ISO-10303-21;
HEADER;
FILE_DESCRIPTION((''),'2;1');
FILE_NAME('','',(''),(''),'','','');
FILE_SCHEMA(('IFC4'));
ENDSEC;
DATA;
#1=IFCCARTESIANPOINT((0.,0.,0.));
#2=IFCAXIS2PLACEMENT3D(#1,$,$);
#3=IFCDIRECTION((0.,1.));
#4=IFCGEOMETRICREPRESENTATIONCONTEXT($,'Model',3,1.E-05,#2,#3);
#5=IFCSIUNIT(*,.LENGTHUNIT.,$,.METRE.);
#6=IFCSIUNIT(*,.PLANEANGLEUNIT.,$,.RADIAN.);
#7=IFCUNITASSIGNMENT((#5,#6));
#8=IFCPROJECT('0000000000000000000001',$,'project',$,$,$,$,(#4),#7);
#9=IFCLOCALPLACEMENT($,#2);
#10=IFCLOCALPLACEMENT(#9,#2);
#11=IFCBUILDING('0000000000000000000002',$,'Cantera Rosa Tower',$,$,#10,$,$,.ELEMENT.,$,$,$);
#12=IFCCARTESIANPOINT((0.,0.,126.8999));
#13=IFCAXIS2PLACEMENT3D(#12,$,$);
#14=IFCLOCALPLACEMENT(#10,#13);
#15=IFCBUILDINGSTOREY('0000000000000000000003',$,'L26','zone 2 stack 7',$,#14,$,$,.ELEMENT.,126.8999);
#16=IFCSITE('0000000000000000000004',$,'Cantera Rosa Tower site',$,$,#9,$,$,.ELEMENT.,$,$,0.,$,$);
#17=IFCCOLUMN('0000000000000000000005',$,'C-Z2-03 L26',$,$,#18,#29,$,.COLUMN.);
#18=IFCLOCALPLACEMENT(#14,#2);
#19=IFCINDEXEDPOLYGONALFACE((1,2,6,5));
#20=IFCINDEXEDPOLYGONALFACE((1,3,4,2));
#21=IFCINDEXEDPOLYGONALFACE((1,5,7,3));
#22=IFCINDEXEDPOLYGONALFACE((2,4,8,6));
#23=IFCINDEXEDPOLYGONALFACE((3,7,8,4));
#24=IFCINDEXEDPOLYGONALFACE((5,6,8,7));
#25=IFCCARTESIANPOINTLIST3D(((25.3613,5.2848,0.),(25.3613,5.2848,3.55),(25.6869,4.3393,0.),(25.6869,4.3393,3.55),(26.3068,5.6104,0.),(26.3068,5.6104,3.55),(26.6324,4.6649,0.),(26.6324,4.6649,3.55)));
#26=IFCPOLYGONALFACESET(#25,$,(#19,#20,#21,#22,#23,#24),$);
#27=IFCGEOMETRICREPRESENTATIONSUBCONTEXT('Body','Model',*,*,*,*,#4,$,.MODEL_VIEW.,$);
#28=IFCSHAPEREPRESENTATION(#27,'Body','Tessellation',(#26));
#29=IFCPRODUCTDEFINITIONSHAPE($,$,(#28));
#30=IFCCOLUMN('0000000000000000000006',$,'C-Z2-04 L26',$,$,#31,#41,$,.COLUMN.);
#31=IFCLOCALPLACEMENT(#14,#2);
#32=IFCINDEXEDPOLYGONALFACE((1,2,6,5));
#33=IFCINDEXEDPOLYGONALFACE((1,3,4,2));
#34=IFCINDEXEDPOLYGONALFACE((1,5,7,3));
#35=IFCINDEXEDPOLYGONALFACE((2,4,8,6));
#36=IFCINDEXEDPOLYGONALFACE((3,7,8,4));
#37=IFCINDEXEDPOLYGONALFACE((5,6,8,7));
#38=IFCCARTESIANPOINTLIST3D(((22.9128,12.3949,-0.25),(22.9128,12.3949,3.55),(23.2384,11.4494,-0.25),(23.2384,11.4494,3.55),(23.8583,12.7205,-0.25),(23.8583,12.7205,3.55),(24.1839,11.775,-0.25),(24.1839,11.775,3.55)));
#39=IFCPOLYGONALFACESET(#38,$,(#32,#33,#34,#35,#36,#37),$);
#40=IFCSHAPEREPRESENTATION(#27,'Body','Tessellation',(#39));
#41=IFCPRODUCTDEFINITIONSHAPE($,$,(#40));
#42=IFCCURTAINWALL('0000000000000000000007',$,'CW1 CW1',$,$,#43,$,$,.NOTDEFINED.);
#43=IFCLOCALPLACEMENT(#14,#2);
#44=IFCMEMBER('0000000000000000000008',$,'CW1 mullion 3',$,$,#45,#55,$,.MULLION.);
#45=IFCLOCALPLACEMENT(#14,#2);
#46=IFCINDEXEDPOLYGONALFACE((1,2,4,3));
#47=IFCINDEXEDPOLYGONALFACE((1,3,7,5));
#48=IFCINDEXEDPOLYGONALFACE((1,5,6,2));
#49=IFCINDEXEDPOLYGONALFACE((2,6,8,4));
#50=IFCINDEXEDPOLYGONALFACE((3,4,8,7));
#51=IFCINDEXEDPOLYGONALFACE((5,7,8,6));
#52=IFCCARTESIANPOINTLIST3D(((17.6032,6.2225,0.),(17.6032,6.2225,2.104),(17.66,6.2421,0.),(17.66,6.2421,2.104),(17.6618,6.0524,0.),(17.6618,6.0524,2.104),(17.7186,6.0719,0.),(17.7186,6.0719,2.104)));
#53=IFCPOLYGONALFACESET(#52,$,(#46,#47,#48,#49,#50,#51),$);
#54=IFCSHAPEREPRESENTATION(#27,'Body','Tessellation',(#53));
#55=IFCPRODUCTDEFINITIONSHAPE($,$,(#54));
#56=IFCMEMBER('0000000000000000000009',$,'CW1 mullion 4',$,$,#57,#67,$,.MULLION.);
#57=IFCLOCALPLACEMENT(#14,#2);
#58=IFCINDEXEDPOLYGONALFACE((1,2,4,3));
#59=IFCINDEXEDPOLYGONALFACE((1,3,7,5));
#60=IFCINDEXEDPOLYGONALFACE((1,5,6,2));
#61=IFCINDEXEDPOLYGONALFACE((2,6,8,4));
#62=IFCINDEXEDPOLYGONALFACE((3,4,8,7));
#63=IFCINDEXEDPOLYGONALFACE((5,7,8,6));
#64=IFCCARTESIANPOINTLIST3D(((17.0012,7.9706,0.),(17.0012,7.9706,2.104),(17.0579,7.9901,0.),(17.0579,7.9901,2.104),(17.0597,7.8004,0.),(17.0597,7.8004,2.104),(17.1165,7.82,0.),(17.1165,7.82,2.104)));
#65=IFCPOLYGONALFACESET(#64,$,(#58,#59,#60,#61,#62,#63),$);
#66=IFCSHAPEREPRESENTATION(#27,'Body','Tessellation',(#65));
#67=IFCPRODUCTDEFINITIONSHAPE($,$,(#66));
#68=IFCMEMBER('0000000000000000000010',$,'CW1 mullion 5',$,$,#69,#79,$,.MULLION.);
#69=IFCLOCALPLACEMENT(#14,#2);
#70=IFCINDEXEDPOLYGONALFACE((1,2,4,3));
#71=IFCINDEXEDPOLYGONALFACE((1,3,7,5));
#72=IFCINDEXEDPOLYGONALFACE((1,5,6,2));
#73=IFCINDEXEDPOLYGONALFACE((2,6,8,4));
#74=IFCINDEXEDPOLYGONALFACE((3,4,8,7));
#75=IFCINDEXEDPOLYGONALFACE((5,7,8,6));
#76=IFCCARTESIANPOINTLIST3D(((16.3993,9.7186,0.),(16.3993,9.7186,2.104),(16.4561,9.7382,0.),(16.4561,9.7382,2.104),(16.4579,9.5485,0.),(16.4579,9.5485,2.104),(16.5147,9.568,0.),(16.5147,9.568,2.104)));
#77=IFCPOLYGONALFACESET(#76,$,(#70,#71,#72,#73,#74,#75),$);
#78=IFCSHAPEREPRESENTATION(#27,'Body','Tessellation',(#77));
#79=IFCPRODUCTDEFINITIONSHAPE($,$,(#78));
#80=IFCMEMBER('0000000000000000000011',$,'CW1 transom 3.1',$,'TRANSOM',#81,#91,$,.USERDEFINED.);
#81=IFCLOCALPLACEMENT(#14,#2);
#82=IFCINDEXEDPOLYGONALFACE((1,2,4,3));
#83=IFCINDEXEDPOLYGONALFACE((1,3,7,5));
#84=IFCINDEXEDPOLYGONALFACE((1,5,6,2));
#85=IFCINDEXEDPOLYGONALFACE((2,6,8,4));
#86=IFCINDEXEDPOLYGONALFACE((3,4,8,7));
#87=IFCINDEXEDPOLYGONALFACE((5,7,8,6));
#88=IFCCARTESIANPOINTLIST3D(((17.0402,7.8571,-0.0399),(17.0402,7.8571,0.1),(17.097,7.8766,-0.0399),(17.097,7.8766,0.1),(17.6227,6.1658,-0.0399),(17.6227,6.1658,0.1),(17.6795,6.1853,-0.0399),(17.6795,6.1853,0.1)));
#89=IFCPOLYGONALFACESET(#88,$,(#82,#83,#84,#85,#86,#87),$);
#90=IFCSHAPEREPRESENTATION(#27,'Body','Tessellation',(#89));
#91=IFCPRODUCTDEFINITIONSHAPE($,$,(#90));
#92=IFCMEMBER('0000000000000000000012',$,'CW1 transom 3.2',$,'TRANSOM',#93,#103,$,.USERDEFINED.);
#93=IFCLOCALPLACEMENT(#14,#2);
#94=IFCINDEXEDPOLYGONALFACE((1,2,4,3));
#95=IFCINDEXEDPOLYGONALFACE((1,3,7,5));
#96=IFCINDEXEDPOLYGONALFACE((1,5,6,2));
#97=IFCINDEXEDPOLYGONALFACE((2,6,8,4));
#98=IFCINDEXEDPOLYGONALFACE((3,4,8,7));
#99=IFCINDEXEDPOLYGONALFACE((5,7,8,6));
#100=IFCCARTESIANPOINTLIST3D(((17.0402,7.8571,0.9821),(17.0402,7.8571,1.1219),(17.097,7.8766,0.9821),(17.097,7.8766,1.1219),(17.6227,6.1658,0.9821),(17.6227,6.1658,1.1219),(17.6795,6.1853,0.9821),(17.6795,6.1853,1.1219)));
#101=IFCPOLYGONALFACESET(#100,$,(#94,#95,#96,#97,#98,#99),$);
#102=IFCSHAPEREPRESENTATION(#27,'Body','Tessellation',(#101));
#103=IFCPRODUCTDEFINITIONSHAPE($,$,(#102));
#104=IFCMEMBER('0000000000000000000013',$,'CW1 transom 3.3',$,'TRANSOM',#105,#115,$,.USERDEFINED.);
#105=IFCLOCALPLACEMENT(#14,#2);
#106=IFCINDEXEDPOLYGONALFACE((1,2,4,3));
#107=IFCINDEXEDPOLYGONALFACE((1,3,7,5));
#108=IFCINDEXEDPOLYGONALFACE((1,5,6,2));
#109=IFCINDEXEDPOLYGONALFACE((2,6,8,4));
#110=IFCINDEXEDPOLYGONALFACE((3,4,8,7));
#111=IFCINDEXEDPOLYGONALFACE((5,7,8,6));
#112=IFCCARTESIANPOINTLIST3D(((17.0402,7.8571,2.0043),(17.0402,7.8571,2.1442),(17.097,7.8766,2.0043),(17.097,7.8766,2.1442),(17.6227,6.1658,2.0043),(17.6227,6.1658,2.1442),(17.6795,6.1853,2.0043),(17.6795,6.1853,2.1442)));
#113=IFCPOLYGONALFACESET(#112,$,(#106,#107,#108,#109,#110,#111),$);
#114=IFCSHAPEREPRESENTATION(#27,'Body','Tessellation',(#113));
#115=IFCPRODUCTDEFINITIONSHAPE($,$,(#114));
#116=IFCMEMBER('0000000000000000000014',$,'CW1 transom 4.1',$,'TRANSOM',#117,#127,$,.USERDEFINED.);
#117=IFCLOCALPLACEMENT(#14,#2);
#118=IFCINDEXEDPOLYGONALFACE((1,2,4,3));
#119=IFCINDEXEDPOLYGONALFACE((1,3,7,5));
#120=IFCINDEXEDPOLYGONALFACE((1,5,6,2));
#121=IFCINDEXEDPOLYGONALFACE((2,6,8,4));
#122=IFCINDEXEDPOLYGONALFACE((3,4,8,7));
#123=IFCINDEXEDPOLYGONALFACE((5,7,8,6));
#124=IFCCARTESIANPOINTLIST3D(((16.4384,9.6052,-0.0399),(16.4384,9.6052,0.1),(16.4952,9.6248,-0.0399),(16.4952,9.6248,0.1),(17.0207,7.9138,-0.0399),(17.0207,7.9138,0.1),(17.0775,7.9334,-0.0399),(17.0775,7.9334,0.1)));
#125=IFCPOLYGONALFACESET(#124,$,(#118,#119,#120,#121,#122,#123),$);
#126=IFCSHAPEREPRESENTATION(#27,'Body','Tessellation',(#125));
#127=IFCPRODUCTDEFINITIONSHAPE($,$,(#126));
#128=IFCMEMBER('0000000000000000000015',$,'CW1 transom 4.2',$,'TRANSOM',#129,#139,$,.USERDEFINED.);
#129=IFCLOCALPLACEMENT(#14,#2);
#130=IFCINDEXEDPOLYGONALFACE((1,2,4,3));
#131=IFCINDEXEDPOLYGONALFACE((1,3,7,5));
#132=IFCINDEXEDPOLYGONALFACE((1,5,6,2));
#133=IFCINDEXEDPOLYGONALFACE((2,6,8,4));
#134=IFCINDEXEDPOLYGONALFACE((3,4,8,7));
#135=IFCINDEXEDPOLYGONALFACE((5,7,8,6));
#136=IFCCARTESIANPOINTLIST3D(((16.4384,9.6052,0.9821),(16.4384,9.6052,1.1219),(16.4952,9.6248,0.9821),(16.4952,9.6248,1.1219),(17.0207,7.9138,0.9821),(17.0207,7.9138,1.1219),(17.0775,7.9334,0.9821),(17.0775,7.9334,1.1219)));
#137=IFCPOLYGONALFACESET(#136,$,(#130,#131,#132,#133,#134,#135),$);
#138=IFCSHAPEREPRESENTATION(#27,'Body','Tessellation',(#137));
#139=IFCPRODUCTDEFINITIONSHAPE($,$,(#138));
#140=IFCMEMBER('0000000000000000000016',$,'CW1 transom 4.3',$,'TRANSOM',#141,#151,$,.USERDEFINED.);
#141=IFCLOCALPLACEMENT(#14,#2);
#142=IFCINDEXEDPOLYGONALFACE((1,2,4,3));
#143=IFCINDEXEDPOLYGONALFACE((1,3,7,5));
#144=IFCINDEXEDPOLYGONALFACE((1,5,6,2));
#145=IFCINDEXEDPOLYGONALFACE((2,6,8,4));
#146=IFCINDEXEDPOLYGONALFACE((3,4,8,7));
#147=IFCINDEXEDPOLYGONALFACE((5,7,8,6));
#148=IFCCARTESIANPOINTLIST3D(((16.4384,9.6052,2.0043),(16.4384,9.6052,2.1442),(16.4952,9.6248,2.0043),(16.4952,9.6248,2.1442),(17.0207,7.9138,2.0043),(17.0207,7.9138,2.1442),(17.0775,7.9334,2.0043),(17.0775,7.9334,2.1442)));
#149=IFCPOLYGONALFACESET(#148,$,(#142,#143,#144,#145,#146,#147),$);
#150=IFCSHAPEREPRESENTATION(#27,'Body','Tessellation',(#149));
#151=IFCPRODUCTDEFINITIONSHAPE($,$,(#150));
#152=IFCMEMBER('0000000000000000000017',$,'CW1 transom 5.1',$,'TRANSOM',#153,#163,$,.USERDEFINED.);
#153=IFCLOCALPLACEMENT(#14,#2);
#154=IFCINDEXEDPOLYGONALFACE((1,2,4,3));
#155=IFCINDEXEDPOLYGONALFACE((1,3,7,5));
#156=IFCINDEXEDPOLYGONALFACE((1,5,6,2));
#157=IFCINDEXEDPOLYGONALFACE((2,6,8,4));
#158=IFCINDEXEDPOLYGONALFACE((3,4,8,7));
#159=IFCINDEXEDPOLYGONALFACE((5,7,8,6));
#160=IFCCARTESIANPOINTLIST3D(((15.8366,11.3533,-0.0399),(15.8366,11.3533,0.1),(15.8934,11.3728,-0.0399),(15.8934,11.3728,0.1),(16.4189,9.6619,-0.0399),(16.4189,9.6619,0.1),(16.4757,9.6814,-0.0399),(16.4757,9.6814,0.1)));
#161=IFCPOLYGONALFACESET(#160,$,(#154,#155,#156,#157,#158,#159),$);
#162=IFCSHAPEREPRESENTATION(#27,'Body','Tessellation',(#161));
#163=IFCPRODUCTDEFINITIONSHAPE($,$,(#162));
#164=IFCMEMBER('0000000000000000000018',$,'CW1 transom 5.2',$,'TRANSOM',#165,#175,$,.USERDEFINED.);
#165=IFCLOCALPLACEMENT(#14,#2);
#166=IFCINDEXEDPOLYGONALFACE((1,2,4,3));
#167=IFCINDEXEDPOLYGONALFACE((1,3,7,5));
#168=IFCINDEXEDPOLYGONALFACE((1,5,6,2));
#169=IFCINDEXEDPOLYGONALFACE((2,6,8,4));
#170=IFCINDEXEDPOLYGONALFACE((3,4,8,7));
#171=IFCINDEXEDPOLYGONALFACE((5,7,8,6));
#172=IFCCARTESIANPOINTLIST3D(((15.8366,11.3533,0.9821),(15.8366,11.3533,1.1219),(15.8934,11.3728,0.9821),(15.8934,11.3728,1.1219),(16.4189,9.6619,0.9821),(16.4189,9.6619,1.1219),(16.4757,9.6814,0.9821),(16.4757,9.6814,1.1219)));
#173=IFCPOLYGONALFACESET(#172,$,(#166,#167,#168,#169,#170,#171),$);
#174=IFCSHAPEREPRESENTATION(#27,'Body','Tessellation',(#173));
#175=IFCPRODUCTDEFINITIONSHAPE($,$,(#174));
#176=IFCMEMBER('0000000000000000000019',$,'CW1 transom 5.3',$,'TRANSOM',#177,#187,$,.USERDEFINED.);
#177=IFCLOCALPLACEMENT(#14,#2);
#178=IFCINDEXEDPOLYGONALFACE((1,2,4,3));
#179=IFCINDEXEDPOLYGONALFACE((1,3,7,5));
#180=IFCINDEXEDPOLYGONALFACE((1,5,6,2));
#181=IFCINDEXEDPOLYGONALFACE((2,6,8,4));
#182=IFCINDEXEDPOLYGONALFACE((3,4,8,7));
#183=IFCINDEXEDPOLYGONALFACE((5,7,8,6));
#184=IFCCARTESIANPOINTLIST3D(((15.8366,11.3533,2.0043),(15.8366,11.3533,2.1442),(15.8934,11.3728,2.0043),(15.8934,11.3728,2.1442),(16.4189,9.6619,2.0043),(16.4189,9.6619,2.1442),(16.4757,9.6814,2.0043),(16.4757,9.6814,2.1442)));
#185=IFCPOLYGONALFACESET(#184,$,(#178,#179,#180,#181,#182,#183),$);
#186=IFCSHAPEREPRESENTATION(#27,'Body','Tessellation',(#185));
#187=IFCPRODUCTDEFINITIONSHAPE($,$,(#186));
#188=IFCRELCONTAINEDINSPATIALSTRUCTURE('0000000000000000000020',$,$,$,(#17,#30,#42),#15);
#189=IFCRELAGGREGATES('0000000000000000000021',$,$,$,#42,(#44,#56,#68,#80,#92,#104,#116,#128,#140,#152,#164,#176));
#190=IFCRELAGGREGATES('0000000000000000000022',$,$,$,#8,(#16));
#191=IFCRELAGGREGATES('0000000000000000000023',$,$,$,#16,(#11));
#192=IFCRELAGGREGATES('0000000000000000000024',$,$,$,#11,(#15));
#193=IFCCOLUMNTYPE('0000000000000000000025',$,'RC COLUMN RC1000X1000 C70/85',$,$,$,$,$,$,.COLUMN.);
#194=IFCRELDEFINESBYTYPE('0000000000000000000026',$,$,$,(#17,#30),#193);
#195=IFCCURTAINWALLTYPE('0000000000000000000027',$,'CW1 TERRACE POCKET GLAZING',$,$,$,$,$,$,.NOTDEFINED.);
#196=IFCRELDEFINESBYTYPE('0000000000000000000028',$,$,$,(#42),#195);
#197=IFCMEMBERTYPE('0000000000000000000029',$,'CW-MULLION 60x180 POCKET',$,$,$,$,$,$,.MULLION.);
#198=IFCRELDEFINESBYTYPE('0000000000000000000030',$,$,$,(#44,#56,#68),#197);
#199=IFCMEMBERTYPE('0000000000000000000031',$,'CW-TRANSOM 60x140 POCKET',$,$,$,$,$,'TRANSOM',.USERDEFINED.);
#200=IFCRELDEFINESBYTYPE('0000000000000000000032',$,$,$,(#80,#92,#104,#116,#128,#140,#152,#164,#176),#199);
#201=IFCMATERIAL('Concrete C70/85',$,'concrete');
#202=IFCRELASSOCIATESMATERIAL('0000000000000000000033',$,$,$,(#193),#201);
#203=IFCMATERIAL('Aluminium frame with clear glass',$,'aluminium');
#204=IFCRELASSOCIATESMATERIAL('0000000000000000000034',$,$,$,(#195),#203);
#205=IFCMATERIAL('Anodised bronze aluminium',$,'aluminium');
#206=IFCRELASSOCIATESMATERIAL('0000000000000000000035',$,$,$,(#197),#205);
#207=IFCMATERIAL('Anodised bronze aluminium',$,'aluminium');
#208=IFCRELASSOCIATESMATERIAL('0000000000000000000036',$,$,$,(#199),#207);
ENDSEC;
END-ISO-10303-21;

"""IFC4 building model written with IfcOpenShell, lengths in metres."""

from ifc_helpers import new_model, si_unit, direction, frame, origin, origin_2d, place, context, subcontext, project, spatial, rectangle, extrude, material, material_profile, profile_set, type_object, element, aggregate, save


model = new_model("IFC4")

# Units and contexts
model_context = context("Model", 3, precision=1e-05, world=origin(), true_north=direction((0.0, 1.0)))
body_context = subcontext(model_context, "Body", "Model", "MODEL_VIEW")
ifc_project = project(units=[si_unit("LENGTHUNIT", "METRE"), si_unit("PLANEANGLEUNIT", "RADIAN")], contexts=[model_context])

# Site, building, storey
site_placement = place(None, origin())
site = spatial("IfcSite", under=ifc_project, at=site_placement, Name="Cantera Rosa Tower site", CompositionType="ELEMENT", RefElevation=0.0)
building_placement = place(site_placement, origin())
building = spatial("IfcBuilding", under=site, at=building_placement, Name="Cantera Rosa Tower", CompositionType="ELEMENT")
storey_placement = place(building_placement, frame((0.0, 0.0, 126.8999)))
storey = spatial("IfcBuildingStorey", under=building, at=storey_placement, Name="L26", Description="zone 2 stack 7", CompositionType="ELEMENT", Elevation=126.8999)

# Columns
ifc_material_1 = material(Name="Concrete C70/85", Category="concrete")
ifc_material_profile_1 = material_profile(ifc_material_1, rectangle(XDim=1.0, YDim=1.0, at=origin_2d()), Name="RC COLUMN RC1000X1000 C70/85")
ifc_profile_set_1 = profile_set([ifc_material_profile_1], Name="Concrete C70/85")
column_type = type_object("IfcColumnType", Name="RC COLUMN RC1000X1000 C70/85", PredefinedType="COLUMN", material=ifc_profile_set_1)
column_1_placement = place(storey_placement, frame((25.9968, 4.9749, 0.0), z_axis=(0.0, 0.0, 1.0), x_axis=(0.945519, 0.325568, 0.0)))
element("IfcColumn", 1, at=column_1_placement, inside=storey, type_object=column_type, Name="C-Z2-03 L26", PredefinedType="COLUMN", context=body_context, shape_type="SweptSolid", body=[
    extrude(rectangle(XDim=1.0, YDim=1.0, at=origin_2d()), origin(), (0.0, 0.0, 1.0), 3.55),
])
column_2_placement = place(storey_placement, frame((23.5483, 12.085, -0.25), z_axis=(0.0, 0.0, 1.0), x_axis=(0.945519, 0.325568, 0.0)))
element("IfcColumn", 2, at=column_2_placement, inside=storey, type_object=column_type, Name="C-Z2-04 L26", PredefinedType="COLUMN", context=body_context, shape_type="SweptSolid", body=[
    extrude(rectangle(XDim=1.0, YDim=1.0, at=origin_2d()), origin(), (0.0, 0.0, 1.0), 3.8),
])

# Curtain wall, members
ifc_material_2 = material(Name="Aluminium frame with clear glass", Category="aluminium")
curtain_wall_type = type_object("IfcCurtainWallType", Name="CW1 TERRACE POCKET GLAZING", PredefinedType="NOTDEFINED", material=ifc_material_2)
curtain_wall_placement = place(storey_placement, origin())
curtain_wall = element("IfcCurtainWall", 3, at=curtain_wall_placement, inside=storey, type_object=curtain_wall_type, Name="CW1 CW1", PredefinedType="NOTDEFINED")
ifc_material_3 = material(Name="Anodised bronze aluminium", Category="aluminium")
ifc_material_profile_2 = material_profile(ifc_material_3, rectangle(XDim=0.0601, YDim=0.1799, at=origin_2d()), Name="CW-MULLION 60x180 POCKET")
ifc_profile_set_2 = profile_set([ifc_material_profile_2], Name="Anodised bronze aluminium")
member_type_1 = type_object("IfcMemberType", Name="CW-MULLION 60x180 POCKET", PredefinedType="MULLION", material=ifc_profile_set_2)
member_1_placement = place(storey_placement, frame((17.6609, 6.1472, 0.0), z_axis=(0.0, 0.0, 1.0), x_axis=(-0.945519, -0.325568, 0.0)))
member_1 = element("IfcMember", 4, at=member_1_placement, type_object=member_type_1, Name="CW1 mullion 3", PredefinedType="MULLION", context=body_context, shape_type="SweptSolid", body=[
    extrude(rectangle(XDim=0.0601, YDim=0.1799, at=origin_2d()), origin(), (0.0, 0.0, 1.0), 2.104),
])
member_2_placement = place(storey_placement, frame((17.0588, 7.8953, 0.0), z_axis=(0.0, 0.0, 1.0), x_axis=(-0.945519, -0.325568, 0.0)))
member_2 = element("IfcMember", 5, at=member_2_placement, type_object=member_type_1, Name="CW1 mullion 4", PredefinedType="MULLION", context=body_context, shape_type="SweptSolid", body=[
    extrude(rectangle(XDim=0.0601, YDim=0.1799, at=origin_2d()), origin(), (0.0, 0.0, 1.0), 2.104),
])
member_3_placement = place(storey_placement, frame((16.457, 9.6433, 0.0), z_axis=(0.0, 0.0, 1.0), x_axis=(-0.945519, -0.325568, 0.0)))
member_3 = element("IfcMember", 6, at=member_3_placement, type_object=member_type_1, Name="CW1 mullion 5", PredefinedType="MULLION", context=body_context, shape_type="SweptSolid", body=[
    extrude(rectangle(XDim=0.0601, YDim=0.1799, at=origin_2d()), origin(), (0.0, 0.0, 1.0), 2.104),
])
ifc_material_4 = material(Name="Anodised bronze aluminium", Category="aluminium")
ifc_material_profile_3 = material_profile(ifc_material_4, rectangle(XDim=0.0601, YDim=0.1399, at=origin_2d()), Name="CW-TRANSOM 60x140 POCKET")
ifc_profile_set_3 = profile_set([ifc_material_profile_3], Name="Anodised bronze aluminium")
member_type_2 = type_object("IfcMemberType", Name="CW-TRANSOM 60x140 POCKET", ElementType="TRANSOM", PredefinedType="USERDEFINED", material=ifc_profile_set_3)
member_4_placement = place(storey_placement, frame((17.6511, 6.1755, 0.03), z_axis=(-0.325629, 0.945498, 0.0), x_axis=(-0.945498, -0.325629, 0.0)))
member_4 = element("IfcMember", 7, at=member_4_placement, type_object=member_type_2, Name="CW1 transom 3.1", ObjectType="TRANSOM", PredefinedType="USERDEFINED", context=body_context, shape_type="SweptSolid", body=[
    extrude(rectangle(XDim=0.0601, YDim=0.1399, at=origin_2d()), origin(), (0.0, 0.0, 1.0), 1.7888),
])
member_5_placement = place(storey_placement, frame((17.6511, 6.1755, 1.052), z_axis=(-0.325629, 0.945498, 0.0), x_axis=(-0.945498, -0.325629, 0.0)))
member_5 = element("IfcMember", 8, at=member_5_placement, type_object=member_type_2, Name="CW1 transom 3.2", ObjectType="TRANSOM", PredefinedType="USERDEFINED", context=body_context, shape_type="SweptSolid", body=[
    extrude(rectangle(XDim=0.0601, YDim=0.1399, at=origin_2d()), origin(), (0.0, 0.0, 1.0), 1.7888),
])
member_6_placement = place(storey_placement, frame((17.6511, 6.1755, 2.0742), z_axis=(-0.325629, 0.945498, 0.0), x_axis=(-0.945498, -0.325629, 0.0)))
member_6 = element("IfcMember", 9, at=member_6_placement, type_object=member_type_2, Name="CW1 transom 3.3", ObjectType="TRANSOM", PredefinedType="USERDEFINED", context=body_context, shape_type="SweptSolid", body=[
    extrude(rectangle(XDim=0.0601, YDim=0.1399, at=origin_2d()), origin(), (0.0, 0.0, 1.0), 1.7888),
])
member_7_placement = place(storey_placement, frame((17.0491, 7.9236, 0.03), z_axis=(-0.325507, 0.94554, 0.0), x_axis=(-0.94554, -0.325507, 0.0)))
member_7 = element("IfcMember", 10, at=member_7_placement, type_object=member_type_2, Name="CW1 transom 4.1", ObjectType="TRANSOM", PredefinedType="USERDEFINED", context=body_context, shape_type="SweptSolid", body=[
    extrude(rectangle(XDim=0.0601, YDim=0.1399, at=origin_2d()), origin(), (0.0, 0.0, 1.0), 1.7888),
])
member_8_placement = place(storey_placement, frame((17.0491, 7.9236, 1.052), z_axis=(-0.325507, 0.94554, 0.0), x_axis=(-0.94554, -0.325507, 0.0)))
member_8 = element("IfcMember", 11, at=member_8_placement, type_object=member_type_2, Name="CW1 transom 4.2", ObjectType="TRANSOM", PredefinedType="USERDEFINED", context=body_context, shape_type="SweptSolid", body=[
    extrude(rectangle(XDim=0.0601, YDim=0.1399, at=origin_2d()), origin(), (0.0, 0.0, 1.0), 1.7888),
])
member_9_placement = place(storey_placement, frame((17.0491, 7.9236, 2.0742), z_axis=(-0.325507, 0.94554, 0.0), x_axis=(-0.94554, -0.325507, 0.0)))
member_9 = element("IfcMember", 12, at=member_9_placement, type_object=member_type_2, Name="CW1 transom 4.3", ObjectType="TRANSOM", PredefinedType="USERDEFINED", context=body_context, shape_type="SweptSolid", body=[
    extrude(rectangle(XDim=0.0601, YDim=0.1399, at=origin_2d()), origin(), (0.0, 0.0, 1.0), 1.7888),
])
member_10_placement = place(storey_placement, frame((16.4473, 9.6716, 0.03), z_axis=(-0.325507, 0.94554, 0.0), x_axis=(-0.94554, -0.325507, 0.0)))
member_10 = element("IfcMember", 13, at=member_10_placement, type_object=member_type_2, Name="CW1 transom 5.1", ObjectType="TRANSOM", PredefinedType="USERDEFINED", context=body_context, shape_type="SweptSolid", body=[
    extrude(rectangle(XDim=0.0601, YDim=0.1399, at=origin_2d()), origin(), (0.0, 0.0, 1.0), 1.7888),
])
member_11_placement = place(storey_placement, frame((16.4473, 9.6716, 1.052), z_axis=(-0.325507, 0.94554, 0.0), x_axis=(-0.94554, -0.325507, 0.0)))
member_11 = element("IfcMember", 14, at=member_11_placement, type_object=member_type_2, Name="CW1 transom 5.2", ObjectType="TRANSOM", PredefinedType="USERDEFINED", context=body_context, shape_type="SweptSolid", body=[
    extrude(rectangle(XDim=0.0601, YDim=0.1399, at=origin_2d()), origin(), (0.0, 0.0, 1.0), 1.7888),
])
member_12_placement = place(storey_placement, frame((16.4473, 9.6716, 2.0742), z_axis=(-0.325507, 0.94554, 0.0), x_axis=(-0.94554, -0.325507, 0.0)))
member_12 = element("IfcMember", 15, at=member_12_placement, type_object=member_type_2, Name="CW1 transom 5.3", ObjectType="TRANSOM", PredefinedType="USERDEFINED", context=body_context, shape_type="SweptSolid", body=[
    extrude(rectangle(XDim=0.0601, YDim=0.1399, at=origin_2d()), origin(), (0.0, 0.0, 1.0), 1.7888),
])

aggregate(curtain_wall, [member_1, member_2, member_3, member_4, member_5, member_6, member_7, member_8, member_9, member_10, member_11, member_12])

save(model, "model.ifc")
